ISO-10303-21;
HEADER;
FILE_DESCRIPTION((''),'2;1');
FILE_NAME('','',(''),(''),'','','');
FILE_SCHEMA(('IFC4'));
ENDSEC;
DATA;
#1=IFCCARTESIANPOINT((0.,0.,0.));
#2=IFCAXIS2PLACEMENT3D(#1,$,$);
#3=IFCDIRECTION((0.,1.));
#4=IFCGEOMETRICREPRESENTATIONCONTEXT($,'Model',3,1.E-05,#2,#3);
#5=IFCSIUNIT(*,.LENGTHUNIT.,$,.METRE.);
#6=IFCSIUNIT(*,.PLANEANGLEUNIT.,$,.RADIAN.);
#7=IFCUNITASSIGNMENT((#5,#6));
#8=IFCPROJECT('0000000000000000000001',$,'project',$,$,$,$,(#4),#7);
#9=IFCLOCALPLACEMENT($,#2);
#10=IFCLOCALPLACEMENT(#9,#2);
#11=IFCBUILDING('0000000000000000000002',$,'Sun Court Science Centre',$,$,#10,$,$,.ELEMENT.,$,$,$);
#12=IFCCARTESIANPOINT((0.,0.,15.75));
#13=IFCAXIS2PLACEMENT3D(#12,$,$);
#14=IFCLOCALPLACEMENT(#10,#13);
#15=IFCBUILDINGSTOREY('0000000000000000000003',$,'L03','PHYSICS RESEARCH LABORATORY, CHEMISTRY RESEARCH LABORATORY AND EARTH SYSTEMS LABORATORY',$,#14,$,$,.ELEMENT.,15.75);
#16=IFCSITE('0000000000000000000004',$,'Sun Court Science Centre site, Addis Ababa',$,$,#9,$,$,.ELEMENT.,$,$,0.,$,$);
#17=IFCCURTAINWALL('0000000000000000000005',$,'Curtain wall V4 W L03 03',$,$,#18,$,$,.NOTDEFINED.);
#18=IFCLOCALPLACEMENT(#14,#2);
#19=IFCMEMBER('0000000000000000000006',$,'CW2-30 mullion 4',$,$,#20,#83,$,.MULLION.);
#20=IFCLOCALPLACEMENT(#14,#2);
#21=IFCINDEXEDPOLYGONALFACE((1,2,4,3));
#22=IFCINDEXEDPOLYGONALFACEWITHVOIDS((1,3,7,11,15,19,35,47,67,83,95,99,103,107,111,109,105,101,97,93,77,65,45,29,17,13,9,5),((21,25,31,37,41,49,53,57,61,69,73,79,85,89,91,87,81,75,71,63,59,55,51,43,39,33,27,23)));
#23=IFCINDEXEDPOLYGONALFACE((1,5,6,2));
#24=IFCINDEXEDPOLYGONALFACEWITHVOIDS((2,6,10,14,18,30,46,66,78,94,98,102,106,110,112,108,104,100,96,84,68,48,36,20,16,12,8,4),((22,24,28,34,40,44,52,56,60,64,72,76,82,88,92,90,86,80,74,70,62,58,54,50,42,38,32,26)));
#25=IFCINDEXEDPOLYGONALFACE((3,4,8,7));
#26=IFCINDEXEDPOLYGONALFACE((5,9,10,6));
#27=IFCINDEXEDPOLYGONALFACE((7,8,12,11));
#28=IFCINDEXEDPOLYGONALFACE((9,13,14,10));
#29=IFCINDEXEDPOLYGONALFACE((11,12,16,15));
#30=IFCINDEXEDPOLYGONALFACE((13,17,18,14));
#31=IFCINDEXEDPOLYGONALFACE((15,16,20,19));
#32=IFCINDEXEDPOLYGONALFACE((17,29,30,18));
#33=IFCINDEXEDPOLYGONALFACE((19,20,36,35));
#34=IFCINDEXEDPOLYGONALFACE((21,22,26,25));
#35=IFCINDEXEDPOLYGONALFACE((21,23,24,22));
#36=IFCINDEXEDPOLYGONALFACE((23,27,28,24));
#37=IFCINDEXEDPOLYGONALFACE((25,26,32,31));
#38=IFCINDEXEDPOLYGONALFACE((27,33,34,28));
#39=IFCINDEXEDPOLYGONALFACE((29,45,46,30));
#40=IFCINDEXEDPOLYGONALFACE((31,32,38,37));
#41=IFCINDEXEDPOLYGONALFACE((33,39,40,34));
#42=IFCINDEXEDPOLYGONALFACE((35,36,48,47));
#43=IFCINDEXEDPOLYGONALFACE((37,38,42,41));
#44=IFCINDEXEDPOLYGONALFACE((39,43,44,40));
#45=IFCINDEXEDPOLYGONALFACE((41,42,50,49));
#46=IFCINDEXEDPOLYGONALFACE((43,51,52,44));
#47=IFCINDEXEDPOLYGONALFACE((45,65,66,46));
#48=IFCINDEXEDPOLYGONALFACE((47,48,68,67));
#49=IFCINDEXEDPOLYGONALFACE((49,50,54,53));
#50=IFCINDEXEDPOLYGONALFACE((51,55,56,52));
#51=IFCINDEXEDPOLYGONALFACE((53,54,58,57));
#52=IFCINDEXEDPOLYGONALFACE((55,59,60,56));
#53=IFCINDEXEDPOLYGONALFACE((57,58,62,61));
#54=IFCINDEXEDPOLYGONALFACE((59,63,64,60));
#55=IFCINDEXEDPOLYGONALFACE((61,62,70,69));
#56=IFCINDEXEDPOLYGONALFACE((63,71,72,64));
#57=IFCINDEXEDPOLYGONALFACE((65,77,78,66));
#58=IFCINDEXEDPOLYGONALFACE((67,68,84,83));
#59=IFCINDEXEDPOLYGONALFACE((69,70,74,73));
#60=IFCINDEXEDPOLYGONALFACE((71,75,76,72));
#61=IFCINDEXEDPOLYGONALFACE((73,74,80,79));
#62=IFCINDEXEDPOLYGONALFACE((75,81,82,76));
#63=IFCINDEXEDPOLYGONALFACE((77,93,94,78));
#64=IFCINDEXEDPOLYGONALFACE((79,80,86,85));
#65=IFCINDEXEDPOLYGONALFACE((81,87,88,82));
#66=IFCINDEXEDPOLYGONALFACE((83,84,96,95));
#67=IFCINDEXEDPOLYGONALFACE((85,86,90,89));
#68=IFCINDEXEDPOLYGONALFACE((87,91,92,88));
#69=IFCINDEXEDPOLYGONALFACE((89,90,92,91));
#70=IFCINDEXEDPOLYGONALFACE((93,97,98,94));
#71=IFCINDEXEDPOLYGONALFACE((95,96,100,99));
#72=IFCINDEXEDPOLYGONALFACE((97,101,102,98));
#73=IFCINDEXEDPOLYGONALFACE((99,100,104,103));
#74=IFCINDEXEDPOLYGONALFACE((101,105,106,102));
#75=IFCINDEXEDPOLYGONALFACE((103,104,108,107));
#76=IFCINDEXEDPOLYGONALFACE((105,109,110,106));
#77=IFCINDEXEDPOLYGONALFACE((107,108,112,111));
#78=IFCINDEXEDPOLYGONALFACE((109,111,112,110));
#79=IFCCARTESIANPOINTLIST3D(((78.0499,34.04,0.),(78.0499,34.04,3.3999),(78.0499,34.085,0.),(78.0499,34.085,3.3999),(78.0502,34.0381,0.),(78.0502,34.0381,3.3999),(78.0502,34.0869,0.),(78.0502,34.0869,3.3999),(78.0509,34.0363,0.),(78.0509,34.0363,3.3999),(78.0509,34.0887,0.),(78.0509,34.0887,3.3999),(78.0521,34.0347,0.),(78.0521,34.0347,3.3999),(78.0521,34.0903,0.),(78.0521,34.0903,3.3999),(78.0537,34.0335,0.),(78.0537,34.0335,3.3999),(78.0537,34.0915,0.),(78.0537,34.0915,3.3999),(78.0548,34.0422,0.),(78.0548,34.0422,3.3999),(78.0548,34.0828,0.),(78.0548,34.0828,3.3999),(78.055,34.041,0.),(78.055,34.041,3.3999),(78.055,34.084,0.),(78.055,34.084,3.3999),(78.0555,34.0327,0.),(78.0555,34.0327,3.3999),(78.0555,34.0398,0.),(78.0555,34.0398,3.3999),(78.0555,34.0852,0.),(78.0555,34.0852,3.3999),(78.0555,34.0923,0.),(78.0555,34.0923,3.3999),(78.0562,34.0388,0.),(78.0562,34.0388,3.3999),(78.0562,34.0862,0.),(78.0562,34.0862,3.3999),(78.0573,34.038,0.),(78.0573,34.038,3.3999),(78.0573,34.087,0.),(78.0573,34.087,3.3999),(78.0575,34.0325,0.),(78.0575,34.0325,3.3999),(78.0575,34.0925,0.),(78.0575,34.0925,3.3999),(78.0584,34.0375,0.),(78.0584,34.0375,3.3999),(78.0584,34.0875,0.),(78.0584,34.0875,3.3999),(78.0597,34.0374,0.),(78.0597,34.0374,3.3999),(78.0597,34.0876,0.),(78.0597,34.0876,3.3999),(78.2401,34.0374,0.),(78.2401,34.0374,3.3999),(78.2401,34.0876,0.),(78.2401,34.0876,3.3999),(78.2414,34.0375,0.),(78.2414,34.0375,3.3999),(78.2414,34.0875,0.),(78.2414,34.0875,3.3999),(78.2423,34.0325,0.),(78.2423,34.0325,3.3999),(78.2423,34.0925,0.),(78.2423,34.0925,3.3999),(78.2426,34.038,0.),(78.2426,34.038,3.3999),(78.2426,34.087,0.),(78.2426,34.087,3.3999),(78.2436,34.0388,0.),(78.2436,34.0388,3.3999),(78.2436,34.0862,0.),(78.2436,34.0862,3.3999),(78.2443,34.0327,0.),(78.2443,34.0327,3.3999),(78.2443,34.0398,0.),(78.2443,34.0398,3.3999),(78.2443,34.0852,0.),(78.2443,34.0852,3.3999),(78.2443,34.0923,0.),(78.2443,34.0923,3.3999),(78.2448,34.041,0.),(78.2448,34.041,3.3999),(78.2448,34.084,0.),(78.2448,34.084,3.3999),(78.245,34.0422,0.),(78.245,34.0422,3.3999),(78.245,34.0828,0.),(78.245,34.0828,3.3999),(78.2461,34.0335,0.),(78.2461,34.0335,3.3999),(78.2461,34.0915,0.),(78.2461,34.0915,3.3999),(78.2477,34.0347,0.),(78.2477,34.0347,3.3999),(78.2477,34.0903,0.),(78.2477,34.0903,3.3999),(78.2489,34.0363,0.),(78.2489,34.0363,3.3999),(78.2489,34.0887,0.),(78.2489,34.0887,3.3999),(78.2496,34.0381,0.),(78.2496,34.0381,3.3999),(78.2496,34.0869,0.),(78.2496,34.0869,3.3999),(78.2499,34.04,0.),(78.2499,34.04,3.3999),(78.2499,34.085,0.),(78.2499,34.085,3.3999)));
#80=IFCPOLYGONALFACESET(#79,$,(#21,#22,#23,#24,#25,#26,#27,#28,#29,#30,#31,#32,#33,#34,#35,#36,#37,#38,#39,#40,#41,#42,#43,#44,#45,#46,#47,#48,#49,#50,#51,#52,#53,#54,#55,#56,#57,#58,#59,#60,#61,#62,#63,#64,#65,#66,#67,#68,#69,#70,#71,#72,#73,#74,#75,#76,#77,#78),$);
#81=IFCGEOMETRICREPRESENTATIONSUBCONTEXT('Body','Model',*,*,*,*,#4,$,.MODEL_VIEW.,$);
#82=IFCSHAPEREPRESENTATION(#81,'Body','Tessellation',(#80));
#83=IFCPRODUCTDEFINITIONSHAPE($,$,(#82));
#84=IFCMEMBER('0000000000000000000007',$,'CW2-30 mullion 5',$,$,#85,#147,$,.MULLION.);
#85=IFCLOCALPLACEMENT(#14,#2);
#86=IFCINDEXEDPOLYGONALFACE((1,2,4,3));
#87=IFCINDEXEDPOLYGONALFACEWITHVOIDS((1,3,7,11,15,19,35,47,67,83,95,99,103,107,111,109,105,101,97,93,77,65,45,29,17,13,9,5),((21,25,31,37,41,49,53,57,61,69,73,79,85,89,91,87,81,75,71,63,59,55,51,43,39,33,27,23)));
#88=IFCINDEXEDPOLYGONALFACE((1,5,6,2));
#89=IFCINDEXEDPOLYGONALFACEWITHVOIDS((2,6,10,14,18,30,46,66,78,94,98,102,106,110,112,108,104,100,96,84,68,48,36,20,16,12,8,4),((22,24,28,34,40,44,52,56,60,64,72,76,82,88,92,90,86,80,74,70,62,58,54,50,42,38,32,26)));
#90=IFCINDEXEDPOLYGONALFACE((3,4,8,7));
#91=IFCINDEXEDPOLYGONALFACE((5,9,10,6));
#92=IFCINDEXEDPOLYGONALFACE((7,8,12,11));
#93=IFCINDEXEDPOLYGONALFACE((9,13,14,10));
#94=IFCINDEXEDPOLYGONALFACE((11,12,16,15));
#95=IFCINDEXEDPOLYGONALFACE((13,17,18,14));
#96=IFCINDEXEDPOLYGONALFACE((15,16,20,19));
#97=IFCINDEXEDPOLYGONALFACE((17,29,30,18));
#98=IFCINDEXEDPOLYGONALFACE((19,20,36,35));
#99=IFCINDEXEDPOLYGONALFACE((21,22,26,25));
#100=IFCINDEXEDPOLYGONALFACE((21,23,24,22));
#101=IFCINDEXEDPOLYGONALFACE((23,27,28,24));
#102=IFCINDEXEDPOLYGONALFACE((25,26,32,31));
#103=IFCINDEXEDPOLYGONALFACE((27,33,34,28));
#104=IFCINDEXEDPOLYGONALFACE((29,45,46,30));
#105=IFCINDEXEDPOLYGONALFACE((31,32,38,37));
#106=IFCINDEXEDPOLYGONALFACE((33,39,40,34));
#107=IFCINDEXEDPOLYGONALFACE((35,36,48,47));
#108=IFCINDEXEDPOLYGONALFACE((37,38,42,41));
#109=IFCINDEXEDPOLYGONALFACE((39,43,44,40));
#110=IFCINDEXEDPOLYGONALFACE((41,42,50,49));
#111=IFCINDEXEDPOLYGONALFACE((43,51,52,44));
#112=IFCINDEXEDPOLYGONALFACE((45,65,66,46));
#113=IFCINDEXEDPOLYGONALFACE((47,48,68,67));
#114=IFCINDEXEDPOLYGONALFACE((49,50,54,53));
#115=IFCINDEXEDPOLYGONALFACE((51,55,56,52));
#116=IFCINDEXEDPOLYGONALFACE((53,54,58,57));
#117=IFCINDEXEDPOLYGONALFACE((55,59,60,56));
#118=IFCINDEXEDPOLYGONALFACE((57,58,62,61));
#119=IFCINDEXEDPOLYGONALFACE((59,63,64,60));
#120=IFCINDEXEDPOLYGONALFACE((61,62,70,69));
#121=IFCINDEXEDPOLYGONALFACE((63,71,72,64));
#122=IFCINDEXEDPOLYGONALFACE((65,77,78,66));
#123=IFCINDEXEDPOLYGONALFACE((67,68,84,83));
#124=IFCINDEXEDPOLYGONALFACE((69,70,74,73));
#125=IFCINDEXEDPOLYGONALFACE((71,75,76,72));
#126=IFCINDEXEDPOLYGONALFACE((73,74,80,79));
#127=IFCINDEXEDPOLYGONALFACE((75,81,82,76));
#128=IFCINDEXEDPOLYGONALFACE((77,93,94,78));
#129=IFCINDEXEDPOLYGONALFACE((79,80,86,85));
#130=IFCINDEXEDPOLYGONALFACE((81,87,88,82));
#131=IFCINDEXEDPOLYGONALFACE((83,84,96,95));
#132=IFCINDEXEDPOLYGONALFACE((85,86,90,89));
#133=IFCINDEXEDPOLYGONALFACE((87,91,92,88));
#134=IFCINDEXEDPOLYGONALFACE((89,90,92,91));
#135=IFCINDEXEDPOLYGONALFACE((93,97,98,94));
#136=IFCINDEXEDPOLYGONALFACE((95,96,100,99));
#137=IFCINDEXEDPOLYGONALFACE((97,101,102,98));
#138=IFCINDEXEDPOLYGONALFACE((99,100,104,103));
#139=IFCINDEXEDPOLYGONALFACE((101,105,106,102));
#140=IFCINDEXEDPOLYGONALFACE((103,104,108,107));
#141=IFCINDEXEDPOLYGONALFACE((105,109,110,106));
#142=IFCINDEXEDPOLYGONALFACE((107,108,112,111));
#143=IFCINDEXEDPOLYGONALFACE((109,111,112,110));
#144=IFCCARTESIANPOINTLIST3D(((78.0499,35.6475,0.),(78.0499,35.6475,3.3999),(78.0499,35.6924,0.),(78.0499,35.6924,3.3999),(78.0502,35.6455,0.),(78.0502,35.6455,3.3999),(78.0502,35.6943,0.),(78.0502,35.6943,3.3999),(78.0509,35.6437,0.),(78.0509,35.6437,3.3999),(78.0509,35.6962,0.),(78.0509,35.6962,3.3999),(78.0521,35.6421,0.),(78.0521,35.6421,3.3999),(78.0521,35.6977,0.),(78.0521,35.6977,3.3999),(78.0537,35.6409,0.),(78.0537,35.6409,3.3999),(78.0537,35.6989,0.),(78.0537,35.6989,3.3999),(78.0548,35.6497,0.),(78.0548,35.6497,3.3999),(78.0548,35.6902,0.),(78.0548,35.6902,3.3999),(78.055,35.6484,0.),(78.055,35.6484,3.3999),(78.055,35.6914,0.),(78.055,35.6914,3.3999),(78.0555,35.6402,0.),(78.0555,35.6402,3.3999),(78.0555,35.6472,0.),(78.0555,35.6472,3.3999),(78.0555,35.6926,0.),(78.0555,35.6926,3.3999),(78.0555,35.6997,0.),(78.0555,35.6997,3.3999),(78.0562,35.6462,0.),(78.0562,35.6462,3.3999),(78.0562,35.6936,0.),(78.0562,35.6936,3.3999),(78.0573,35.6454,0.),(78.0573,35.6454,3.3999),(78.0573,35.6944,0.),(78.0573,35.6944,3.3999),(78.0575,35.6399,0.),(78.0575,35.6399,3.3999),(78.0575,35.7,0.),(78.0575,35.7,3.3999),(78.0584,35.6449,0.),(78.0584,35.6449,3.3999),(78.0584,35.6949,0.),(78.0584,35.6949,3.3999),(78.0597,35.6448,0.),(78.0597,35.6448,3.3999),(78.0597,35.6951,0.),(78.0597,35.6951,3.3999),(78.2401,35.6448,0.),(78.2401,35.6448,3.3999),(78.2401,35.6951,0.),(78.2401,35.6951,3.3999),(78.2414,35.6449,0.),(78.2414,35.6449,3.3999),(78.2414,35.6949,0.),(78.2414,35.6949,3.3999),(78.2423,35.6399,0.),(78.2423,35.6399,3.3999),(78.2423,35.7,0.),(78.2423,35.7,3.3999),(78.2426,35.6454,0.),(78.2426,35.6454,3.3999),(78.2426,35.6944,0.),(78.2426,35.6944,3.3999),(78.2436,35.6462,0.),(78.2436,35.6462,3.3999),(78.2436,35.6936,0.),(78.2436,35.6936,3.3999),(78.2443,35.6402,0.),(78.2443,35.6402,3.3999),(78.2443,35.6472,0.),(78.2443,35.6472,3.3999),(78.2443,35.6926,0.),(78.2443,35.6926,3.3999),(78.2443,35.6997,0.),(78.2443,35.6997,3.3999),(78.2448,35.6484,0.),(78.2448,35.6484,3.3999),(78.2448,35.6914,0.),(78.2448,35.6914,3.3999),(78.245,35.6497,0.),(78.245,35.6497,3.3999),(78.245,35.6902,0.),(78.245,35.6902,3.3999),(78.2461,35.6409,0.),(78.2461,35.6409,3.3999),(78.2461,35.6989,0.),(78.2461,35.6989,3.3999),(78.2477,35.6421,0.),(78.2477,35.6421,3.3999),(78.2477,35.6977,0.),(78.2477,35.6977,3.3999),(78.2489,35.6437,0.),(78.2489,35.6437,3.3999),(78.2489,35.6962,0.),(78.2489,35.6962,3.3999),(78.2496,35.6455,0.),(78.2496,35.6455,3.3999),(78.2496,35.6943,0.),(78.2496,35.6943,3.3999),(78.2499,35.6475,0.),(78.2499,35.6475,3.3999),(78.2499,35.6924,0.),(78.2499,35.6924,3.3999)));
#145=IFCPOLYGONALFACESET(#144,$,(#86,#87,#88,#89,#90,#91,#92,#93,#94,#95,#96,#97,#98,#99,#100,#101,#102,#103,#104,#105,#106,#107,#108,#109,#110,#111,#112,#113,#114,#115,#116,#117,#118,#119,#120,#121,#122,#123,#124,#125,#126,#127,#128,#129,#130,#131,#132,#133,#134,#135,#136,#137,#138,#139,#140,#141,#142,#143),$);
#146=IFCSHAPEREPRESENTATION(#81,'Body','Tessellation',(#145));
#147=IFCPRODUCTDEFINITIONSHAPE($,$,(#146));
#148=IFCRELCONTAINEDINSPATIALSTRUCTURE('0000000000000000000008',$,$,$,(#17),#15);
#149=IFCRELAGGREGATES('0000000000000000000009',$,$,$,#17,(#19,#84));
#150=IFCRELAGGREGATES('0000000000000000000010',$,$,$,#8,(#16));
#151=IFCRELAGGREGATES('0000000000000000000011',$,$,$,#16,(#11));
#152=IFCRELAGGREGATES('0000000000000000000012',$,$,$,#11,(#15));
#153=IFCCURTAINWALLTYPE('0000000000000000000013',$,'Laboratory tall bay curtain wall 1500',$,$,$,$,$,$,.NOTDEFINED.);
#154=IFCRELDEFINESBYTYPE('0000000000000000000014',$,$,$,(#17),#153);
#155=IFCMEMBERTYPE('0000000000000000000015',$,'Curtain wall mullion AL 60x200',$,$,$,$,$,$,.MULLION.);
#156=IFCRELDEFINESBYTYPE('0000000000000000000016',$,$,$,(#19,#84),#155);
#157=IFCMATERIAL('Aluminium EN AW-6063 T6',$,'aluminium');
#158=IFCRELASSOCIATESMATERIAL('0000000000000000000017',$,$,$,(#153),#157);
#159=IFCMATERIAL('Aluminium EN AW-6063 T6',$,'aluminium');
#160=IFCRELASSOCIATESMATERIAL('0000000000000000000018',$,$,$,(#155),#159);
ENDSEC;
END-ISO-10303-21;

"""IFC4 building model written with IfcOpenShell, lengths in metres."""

from ifc_helpers import new_model, si_unit, direction, frame, origin, origin_2d, place, context, subcontext, project, spatial, hollow_rectangle, extrude, material, material_profile, profile_set, type_object, element, aggregate, save


model = new_model("IFC4")

# Units and contexts
model_context = context("Model", 3, precision=1e-05, world=origin(), true_north=direction((0.0, 1.0)))
body_context = subcontext(model_context, "Body", "Model", "MODEL_VIEW")
ifc_project = project(units=[si_unit("LENGTHUNIT", "METRE"), si_unit("PLANEANGLEUNIT", "RADIAN")], contexts=[model_context])

# Site, building, storey
site_placement = place(None, origin())
site = spatial("IfcSite", under=ifc_project, at=site_placement, Name="Sun Court Science Centre site, Addis Ababa", CompositionType="ELEMENT", RefElevation=0.0)
building_placement = place(site_placement, origin())
building = spatial("IfcBuilding", under=site, at=building_placement, Name="Sun Court Science Centre", CompositionType="ELEMENT")
storey_placement = place(building_placement, frame((0.0, 0.0, 15.75)))
storey = spatial("IfcBuildingStorey", under=building, at=storey_placement, Name="L03", Description="PHYSICS RESEARCH LABORATORY, CHEMISTRY RESEARCH LABORATORY AND EARTH SYSTEMS LABORATORY", CompositionType="ELEMENT", Elevation=15.75)

# Curtain wall, members
ifc_material_1 = material(Name="Aluminium EN AW-6063 T6", Category="aluminium")
curtain_wall_type = type_object("IfcCurtainWallType", Name="Laboratory tall bay curtain wall 1500", PredefinedType="NOTDEFINED", material=ifc_material_1)
ifc_material_2 = material(Name="Aluminium EN AW-6063 T6", Category="aluminium")
ifc_material_profile_1 = material_profile(ifc_material_2, hollow_rectangle(XDim=0.0601, YDim=0.2, WallThickness=0.0049, InnerFilletRadius=0.0049, OuterFilletRadius=0.0076, at=origin_2d()), Name="AL 60x200x5")
ifc_profile_set_1 = profile_set([ifc_material_profile_1], Name="Aluminium EN AW-6063 T6")
member_type_1 = type_object("IfcMemberType", Name="Curtain wall mullion AL 60x200", PredefinedType="MULLION", material=ifc_profile_set_1)
curtain_wall_1_placement = place(storey_placement, origin())
curtain_wall_1 = element("IfcCurtainWall", 1, at=curtain_wall_1_placement, inside=storey, type_object=curtain_wall_type, Name="Curtain wall V4 W L03 03", PredefinedType="NOTDEFINED")
member_1_placement = place(storey_placement, frame((78.1499, 34.0625, 0.0), z_axis=(0.0, 0.0, 1.0), x_axis=(0.0, 1.0, 0.0)))
member_1 = element("IfcMember", 2, at=member_1_placement, type_object=member_type_1, Name="CW2-30 mullion 4", PredefinedType="MULLION", context=body_context, shape_type="SweptSolid", body=[
    extrude(hollow_rectangle(XDim=0.0601, YDim=0.2, WallThickness=0.0049, InnerFilletRadius=0.0049, OuterFilletRadius=0.0076, at=origin_2d()), origin(), (0.0, 0.0, 1.0), 3.3999),
])
member_2_placement = place(storey_placement, frame((78.1499, 35.6699, 0.0), z_axis=(0.0, 0.0, 1.0), x_axis=(0.0, 1.0, 0.0)))
member_2 = element("IfcMember", 3, at=member_2_placement, type_object=member_type_1, Name="CW2-30 mullion 5", PredefinedType="MULLION", context=body_context, shape_type="SweptSolid", body=[
    extrude(hollow_rectangle(XDim=0.0601, YDim=0.2, WallThickness=0.0049, InnerFilletRadius=0.0049, OuterFilletRadius=0.0076, at=origin_2d()), origin(), (0.0, 0.0, 1.0), 3.3999),
])

aggregate(curtain_wall_1, [member_1, member_2])

save(model, "model.ifc")
